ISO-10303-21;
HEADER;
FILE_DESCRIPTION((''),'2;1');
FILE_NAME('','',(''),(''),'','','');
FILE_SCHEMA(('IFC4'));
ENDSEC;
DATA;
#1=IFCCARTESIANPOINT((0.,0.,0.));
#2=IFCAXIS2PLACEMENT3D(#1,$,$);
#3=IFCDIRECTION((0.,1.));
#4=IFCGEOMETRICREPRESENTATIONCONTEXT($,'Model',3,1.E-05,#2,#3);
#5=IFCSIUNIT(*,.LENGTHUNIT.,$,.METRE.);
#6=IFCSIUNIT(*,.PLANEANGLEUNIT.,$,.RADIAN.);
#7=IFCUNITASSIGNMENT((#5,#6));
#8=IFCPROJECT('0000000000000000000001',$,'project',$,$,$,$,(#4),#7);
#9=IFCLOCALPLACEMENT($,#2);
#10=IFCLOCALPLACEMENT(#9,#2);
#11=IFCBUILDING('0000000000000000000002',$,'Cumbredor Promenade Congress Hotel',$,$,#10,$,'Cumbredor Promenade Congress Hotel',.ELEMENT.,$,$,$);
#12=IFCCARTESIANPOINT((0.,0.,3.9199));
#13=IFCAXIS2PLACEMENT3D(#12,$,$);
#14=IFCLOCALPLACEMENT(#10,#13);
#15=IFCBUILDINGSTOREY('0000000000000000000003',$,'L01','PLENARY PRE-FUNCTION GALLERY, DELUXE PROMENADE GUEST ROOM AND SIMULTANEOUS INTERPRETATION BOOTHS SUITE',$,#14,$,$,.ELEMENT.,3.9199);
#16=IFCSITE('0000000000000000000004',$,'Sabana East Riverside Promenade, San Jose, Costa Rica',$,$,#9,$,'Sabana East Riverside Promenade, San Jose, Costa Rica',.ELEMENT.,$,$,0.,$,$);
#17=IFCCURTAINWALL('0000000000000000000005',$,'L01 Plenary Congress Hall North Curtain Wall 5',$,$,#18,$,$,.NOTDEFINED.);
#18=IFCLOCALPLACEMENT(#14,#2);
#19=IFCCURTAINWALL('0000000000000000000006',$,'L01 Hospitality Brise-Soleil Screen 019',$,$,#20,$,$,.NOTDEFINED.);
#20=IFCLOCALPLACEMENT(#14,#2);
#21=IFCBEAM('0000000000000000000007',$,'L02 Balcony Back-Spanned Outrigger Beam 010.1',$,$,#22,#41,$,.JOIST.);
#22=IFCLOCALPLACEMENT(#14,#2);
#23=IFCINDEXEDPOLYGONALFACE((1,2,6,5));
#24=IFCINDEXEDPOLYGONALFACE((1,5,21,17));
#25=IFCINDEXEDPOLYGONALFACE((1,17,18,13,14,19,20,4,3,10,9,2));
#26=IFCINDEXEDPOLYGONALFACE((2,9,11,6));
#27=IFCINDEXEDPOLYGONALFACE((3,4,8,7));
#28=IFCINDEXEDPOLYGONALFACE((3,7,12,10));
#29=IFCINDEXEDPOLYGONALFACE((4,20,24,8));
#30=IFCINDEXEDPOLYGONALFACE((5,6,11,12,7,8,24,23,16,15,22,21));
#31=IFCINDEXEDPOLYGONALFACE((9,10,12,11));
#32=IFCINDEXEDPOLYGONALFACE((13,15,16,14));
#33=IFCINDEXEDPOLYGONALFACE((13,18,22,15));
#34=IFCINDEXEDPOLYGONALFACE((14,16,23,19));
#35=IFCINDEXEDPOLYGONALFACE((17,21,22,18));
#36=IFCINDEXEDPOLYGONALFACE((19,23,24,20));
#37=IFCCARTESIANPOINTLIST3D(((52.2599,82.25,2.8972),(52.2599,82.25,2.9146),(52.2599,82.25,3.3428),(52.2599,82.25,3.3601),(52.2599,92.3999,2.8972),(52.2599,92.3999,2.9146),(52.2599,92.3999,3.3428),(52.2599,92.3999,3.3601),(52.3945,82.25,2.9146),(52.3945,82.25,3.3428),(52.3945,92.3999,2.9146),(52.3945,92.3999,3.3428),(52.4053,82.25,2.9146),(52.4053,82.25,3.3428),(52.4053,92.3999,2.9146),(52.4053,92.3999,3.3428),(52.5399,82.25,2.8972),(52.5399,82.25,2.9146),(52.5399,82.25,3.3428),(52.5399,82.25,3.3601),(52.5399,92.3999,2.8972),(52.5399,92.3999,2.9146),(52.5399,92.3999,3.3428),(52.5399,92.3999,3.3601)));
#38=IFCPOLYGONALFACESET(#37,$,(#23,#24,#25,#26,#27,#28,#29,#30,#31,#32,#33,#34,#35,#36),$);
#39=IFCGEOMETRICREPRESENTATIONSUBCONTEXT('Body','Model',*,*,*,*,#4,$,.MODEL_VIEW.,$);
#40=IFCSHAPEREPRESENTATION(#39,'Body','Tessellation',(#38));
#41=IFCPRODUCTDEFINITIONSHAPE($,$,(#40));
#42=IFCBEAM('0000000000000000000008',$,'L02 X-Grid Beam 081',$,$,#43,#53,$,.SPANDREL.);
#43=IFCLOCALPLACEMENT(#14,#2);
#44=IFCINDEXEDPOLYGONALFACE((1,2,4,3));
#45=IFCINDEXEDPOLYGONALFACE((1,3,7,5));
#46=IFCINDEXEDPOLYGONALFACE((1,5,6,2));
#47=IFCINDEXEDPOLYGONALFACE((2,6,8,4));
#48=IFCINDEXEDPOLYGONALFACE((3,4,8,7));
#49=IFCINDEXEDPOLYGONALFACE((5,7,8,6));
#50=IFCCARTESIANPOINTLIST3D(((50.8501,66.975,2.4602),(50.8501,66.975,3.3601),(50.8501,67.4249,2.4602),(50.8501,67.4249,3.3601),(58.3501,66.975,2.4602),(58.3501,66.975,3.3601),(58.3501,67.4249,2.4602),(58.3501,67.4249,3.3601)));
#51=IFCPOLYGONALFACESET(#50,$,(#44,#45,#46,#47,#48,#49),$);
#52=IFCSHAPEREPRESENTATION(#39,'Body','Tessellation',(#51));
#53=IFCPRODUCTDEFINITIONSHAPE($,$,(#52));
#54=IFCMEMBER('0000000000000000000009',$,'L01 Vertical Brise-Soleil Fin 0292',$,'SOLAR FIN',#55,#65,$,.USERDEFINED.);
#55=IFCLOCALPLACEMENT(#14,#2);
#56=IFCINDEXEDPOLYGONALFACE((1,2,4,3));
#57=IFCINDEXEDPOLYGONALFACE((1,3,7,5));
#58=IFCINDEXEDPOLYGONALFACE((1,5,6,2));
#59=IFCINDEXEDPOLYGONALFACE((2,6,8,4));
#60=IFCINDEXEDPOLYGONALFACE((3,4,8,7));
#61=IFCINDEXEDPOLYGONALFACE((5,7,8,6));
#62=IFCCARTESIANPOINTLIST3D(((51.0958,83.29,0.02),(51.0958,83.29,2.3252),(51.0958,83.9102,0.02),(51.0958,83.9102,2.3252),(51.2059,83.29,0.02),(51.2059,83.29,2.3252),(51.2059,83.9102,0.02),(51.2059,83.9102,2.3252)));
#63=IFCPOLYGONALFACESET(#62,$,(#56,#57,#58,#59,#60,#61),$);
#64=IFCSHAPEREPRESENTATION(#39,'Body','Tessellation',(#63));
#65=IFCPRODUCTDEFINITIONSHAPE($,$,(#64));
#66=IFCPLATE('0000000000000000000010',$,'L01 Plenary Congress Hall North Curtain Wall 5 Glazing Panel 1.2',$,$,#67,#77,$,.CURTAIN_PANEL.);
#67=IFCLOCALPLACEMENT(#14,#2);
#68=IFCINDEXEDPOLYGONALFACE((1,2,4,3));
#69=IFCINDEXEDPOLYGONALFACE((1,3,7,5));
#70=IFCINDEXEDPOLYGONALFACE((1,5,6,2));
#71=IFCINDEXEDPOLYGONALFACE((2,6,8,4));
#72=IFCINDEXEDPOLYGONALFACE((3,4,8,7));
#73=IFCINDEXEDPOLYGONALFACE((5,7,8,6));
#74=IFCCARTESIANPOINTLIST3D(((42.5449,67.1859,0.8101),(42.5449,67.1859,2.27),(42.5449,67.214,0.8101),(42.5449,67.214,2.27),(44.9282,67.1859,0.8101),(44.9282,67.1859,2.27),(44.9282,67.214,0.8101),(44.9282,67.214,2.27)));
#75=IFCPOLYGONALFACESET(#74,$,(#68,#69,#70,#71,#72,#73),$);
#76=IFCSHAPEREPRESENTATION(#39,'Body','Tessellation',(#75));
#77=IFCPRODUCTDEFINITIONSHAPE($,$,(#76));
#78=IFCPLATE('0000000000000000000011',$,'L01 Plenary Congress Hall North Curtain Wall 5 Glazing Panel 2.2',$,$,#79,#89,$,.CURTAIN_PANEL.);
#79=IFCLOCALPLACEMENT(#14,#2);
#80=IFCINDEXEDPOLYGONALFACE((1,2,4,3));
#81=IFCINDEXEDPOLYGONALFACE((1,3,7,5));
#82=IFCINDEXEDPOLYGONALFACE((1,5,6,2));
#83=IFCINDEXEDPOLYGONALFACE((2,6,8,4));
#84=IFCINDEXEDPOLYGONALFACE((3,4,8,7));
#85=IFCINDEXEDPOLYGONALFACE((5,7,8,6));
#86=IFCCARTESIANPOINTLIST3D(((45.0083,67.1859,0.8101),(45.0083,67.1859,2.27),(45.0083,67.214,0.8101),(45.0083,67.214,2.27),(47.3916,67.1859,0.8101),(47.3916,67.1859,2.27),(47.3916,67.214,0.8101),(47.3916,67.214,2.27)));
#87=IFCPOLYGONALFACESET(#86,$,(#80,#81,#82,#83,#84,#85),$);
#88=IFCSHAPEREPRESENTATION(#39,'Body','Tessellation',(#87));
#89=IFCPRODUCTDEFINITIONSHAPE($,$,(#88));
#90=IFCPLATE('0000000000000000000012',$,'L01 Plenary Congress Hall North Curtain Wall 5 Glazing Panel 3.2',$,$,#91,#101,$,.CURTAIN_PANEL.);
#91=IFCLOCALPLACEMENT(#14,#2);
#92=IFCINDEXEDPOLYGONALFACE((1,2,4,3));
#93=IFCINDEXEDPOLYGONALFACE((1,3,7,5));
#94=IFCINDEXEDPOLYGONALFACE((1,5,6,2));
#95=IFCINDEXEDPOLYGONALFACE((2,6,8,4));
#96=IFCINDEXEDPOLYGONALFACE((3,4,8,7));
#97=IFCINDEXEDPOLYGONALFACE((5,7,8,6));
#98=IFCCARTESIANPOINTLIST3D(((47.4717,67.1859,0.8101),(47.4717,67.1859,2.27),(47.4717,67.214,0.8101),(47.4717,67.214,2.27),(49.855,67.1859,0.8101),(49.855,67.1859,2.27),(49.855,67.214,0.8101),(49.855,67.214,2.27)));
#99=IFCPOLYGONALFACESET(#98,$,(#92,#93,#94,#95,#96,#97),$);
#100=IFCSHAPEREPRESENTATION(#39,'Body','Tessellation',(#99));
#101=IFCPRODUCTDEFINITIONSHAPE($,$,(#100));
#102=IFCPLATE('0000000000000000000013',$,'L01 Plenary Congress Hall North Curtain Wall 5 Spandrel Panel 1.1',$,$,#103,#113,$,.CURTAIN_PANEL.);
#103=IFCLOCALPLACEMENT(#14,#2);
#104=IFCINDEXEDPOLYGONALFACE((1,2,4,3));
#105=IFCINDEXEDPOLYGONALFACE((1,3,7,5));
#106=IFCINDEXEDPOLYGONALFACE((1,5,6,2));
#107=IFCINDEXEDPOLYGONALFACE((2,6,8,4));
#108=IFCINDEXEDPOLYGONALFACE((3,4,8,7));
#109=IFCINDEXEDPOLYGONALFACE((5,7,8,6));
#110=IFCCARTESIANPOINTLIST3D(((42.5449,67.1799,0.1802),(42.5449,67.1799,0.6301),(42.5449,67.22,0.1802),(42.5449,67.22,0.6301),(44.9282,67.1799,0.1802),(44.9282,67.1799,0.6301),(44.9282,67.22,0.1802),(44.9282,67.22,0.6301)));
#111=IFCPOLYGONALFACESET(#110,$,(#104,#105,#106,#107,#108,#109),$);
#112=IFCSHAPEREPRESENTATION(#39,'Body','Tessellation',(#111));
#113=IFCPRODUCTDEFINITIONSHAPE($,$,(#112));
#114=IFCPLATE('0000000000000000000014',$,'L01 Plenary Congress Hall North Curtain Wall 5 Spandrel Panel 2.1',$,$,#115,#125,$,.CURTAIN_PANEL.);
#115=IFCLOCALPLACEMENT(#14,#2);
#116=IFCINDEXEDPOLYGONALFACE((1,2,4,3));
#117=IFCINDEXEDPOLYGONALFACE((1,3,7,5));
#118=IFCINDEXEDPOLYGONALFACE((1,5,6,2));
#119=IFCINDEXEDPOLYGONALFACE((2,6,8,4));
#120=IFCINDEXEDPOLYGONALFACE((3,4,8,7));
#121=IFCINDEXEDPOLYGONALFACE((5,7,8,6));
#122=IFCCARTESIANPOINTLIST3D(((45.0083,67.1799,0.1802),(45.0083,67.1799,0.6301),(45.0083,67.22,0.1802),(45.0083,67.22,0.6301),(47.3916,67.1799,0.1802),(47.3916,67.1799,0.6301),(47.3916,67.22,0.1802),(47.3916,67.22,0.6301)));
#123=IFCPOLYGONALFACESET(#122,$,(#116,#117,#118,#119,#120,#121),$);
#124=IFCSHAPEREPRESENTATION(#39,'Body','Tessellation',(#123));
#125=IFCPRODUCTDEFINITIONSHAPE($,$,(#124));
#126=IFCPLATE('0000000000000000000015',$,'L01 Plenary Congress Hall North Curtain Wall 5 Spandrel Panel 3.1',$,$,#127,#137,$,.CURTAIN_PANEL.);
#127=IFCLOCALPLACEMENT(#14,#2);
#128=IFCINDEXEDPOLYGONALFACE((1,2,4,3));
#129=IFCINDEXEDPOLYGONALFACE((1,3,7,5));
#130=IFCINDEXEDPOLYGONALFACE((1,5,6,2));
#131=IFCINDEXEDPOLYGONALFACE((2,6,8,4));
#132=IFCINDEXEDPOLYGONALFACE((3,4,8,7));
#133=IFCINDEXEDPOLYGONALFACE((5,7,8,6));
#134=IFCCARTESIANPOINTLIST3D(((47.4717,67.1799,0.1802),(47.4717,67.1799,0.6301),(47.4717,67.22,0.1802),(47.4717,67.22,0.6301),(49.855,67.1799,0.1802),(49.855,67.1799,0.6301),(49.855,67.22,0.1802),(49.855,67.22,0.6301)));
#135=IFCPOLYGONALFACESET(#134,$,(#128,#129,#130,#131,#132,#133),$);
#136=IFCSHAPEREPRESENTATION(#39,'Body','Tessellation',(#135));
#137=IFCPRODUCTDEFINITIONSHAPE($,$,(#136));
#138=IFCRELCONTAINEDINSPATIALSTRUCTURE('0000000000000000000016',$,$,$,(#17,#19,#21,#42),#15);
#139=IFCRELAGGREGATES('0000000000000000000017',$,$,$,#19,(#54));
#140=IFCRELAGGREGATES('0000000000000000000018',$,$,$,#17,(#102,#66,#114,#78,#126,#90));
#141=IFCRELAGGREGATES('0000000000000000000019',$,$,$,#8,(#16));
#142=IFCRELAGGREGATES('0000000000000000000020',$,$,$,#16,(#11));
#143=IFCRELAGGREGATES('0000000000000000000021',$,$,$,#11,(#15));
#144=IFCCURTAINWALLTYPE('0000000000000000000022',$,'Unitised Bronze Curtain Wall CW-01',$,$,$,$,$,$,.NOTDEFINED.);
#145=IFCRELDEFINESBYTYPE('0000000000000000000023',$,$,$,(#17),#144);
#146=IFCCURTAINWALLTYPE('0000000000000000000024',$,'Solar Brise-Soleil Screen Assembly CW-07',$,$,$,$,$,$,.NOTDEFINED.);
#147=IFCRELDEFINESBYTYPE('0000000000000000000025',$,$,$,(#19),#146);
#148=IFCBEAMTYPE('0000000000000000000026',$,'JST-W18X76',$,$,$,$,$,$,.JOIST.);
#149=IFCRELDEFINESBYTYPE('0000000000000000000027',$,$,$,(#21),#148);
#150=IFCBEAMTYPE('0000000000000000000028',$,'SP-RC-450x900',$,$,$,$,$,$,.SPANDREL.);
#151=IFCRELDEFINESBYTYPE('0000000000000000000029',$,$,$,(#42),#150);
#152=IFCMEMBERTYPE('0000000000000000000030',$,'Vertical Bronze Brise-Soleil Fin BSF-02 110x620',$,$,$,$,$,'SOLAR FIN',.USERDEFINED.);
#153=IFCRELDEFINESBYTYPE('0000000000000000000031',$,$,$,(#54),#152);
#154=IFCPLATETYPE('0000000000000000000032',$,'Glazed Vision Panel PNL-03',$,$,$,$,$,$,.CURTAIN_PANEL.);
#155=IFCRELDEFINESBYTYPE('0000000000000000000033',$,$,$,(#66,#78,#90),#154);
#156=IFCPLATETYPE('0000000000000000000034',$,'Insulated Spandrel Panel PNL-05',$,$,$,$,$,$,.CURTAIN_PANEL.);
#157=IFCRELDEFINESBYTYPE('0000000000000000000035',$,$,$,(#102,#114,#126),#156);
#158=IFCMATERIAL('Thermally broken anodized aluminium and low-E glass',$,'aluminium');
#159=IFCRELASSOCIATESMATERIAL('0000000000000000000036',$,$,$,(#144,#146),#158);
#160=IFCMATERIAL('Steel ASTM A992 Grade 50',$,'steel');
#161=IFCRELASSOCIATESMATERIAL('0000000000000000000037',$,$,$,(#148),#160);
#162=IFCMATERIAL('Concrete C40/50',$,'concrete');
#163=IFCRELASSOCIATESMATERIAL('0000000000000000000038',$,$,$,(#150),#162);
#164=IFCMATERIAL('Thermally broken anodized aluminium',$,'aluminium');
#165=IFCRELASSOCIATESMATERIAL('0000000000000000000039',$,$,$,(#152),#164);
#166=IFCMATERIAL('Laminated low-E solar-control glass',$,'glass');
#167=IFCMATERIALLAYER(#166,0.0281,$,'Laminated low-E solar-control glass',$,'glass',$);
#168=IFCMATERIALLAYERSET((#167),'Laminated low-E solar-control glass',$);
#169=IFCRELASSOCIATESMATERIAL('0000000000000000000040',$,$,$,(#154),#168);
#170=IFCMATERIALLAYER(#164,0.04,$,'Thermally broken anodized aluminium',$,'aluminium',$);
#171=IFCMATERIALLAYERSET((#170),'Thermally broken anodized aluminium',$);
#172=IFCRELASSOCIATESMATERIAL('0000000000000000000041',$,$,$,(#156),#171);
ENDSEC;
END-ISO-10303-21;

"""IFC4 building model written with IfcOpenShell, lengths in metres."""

from ifc_helpers import new_model, si_unit, direction, frame, origin, origin_2d, place, context, subcontext, project, spatial, rectangle, i_section, extrude, material, layer, layer_set, material_profile, profile_set, type_object, element, aggregate, save


model = new_model("IFC4")

# Units and contexts
model_context = context("Model", 3, precision=1e-05, world=origin(), true_north=direction((0.0, 1.0)))
body_context = subcontext(model_context, "Body", "Model", "MODEL_VIEW")
ifc_project = project(units=[si_unit("LENGTHUNIT", "METRE"), si_unit("PLANEANGLEUNIT", "RADIAN")], contexts=[model_context])

# Site, building, storey
site_placement = place(None, origin())
site = spatial("IfcSite", under=ifc_project, at=site_placement, Name="Sabana East Riverside Promenade, San Jose, Costa Rica", LongName="Sabana East Riverside Promenade, San Jose, Costa Rica", CompositionType="ELEMENT", RefElevation=0.0)
building_placement = place(site_placement, origin())
building = spatial("IfcBuilding", under=site, at=building_placement, Name="Cumbredor Promenade Congress Hotel", LongName="Cumbredor Promenade Congress Hotel", CompositionType="ELEMENT")
storey_placement = place(building_placement, frame((0.0, 0.0, 3.9199)))
storey = spatial("IfcBuildingStorey", under=building, at=storey_placement, Name="L01", Description="PLENARY PRE-FUNCTION GALLERY, DELUXE PROMENADE GUEST ROOM AND SIMULTANEOUS INTERPRETATION BOOTHS SUITE", CompositionType="ELEMENT", Elevation=3.9199)

# Curtain wall
ifc_material_1 = material(Name="Thermally broken anodized aluminium and low-E glass", Category="aluminium")
curtain_wall_type_1 = type_object("IfcCurtainWallType", Name="Unitised Bronze Curtain Wall CW-01", PredefinedType="NOTDEFINED", material=ifc_material_1)
curtain_wall_1_placement = place(storey_placement, origin())
curtain_wall_1 = element("IfcCurtainWall", 1, at=curtain_wall_1_placement, inside=storey, type_object=curtain_wall_type_1, Name="L01 Plenary Congress Hall North Curtain Wall 5", PredefinedType="NOTDEFINED")
ifc_material_2 = material(Name="Thermally broken anodized aluminium", Category="aluminium")

# Curtain wall
curtain_wall_type_2 = type_object("IfcCurtainWallType", Name="Solar Brise-Soleil Screen Assembly CW-07", PredefinedType="NOTDEFINED", material=ifc_material_1)
curtain_wall_2_placement = place(storey_placement, origin())
curtain_wall_2 = element("IfcCurtainWall", 2, at=curtain_wall_2_placement, inside=storey, type_object=curtain_wall_type_2, Name="L01 Hospitality Brise-Soleil Screen 019", PredefinedType="NOTDEFINED")

# Beams
ifc_material_3 = material(Name="Steel ASTM A992 Grade 50", Category="steel")
ifc_material_profile_1 = material_profile(ifc_material_3, i_section(OverallWidth=0.28, OverallDepth=0.4629, WebThickness=0.0107, FlangeThickness=0.0173, at=origin_2d()), Name="W18X76")
ifc_profile_set_1 = profile_set([ifc_material_profile_1], Name="Steel ASTM A992 Grade 50")
beam_type_1 = type_object("IfcBeamType", Name="JST-W18X76", PredefinedType="JOIST", material=ifc_profile_set_1)
beam_1_placement = place(storey_placement, frame((52.3999, 82.25, 3.1287), z_axis=(0.0, 1.0, 0.0), x_axis=(-1.0, 0.0, 0.0)))
element("IfcBeam", 3, at=beam_1_placement, inside=storey, type_object=beam_type_1, Name="L02 Balcony Back-Spanned Outrigger Beam 010.1", PredefinedType="JOIST", context=body_context, shape_type="SweptSolid", body=[
    extrude(i_section(OverallWidth=0.28, OverallDepth=0.4629, WebThickness=0.0107, FlangeThickness=0.0173, at=origin_2d()), origin(), (0.0, 0.0, 1.0), 10.1499),
])
ifc_material_4 = material(Name="Concrete C40/50", Category="concrete")
ifc_material_profile_2 = material_profile(ifc_material_4, rectangle(XDim=0.45, YDim=0.8999, at=origin_2d()), Name="RC SPANDREL 450x900")
ifc_profile_set_2 = profile_set([ifc_material_profile_2], Name="Concrete C40/50")
beam_type_2 = type_object("IfcBeamType", Name="SP-RC-450x900", PredefinedType="SPANDREL", material=ifc_profile_set_2)
beam_2_placement = place(storey_placement, frame((50.8501, 67.2, 2.9102), z_axis=(1.0, 0.0, 0.0), x_axis=(0.0, 1.0, 0.0)))
element("IfcBeam", 4, at=beam_2_placement, inside=storey, type_object=beam_type_2, Name="L02 X-Grid Beam 081", PredefinedType="SPANDREL", context=body_context, shape_type="SweptSolid", body=[
    extrude(rectangle(XDim=0.45, YDim=0.8999, at=origin_2d()), origin(), (0.0, 0.0, 1.0), 7.5),
])

# Member
ifc_material_profile_3 = material_profile(ifc_material_2, rectangle(XDim=0.1101, YDim=0.6201, at=origin_2d()), Name="ARCH FIN 110x620")
ifc_profile_set_3 = profile_set([ifc_material_profile_3], Name="Thermally broken anodized aluminium")
member_type_1 = type_object("IfcMemberType", Name="Vertical Bronze Brise-Soleil Fin BSF-02 110x620", ElementType="SOLAR FIN", PredefinedType="USERDEFINED", material=ifc_profile_set_3)
member_1_placement = place(storey_placement, frame((51.1509, 83.6001, 0.02), z_axis=(0.0, 0.0, 1.0), x_axis=(1.0, 0.0, 0.0)))
member_1 = element("IfcMember", 5, at=member_1_placement, type_object=member_type_1, Name="L01 Vertical Brise-Soleil Fin 0292", ObjectType="SOLAR FIN", PredefinedType="USERDEFINED", context=body_context, shape_type="SweptSolid", body=[
    extrude(rectangle(XDim=0.1101, YDim=0.6201, at=origin_2d()), origin(), (0.0, 0.0, 1.0), 2.3052),
])
aggregate(curtain_wall_2, [member_1])

# Plates
ifc_material_5 = material(Name="Laminated low-E solar-control glass", Category="glass")
ifc_layer_1 = layer(ifc_material_5, 0.0281, Name="Laminated low-E solar-control glass", Category="glass")
ifc_layer_set_1 = layer_set([ifc_layer_1], Name="Laminated low-E solar-control glass")
plate_type_1 = type_object("IfcPlateType", Name="Glazed Vision Panel PNL-03", PredefinedType="CURTAIN_PANEL", material=ifc_layer_set_1)
plate_1_placement = place(storey_placement, frame((43.7366, 67.2, 0.8101), z_axis=(0.0, 0.0, 1.0), x_axis=(1.0, 0.0, 0.0)))
plate_1 = element("IfcPlate", 6, at=plate_1_placement, type_object=plate_type_1, Name="L01 Plenary Congress Hall North Curtain Wall 5 Glazing Panel 1.2", PredefinedType="CURTAIN_PANEL", context=body_context, shape_type="SweptSolid", body=[
    extrude(rectangle(XDim=2.3833, YDim=0.0281, at=origin_2d()), origin(), (0.0, 0.0, 1.0), 1.46),
])
plate_2_placement = place(storey_placement, frame((46.2, 67.2, 0.8101), z_axis=(0.0, 0.0, 1.0), x_axis=(1.0, 0.0, 0.0)))
plate_2 = element("IfcPlate", 7, at=plate_2_placement, type_object=plate_type_1, Name="L01 Plenary Congress Hall North Curtain Wall 5 Glazing Panel 2.2", PredefinedType="CURTAIN_PANEL", context=body_context, shape_type="SweptSolid", body=[
    extrude(rectangle(XDim=2.3833, YDim=0.0281, at=origin_2d()), origin(), (0.0, 0.0, 1.0), 1.46),
])
plate_3_placement = place(storey_placement, frame((48.6633, 67.2, 0.8101), z_axis=(0.0, 0.0, 1.0), x_axis=(1.0, 0.0, 0.0)))
plate_3 = element("IfcPlate", 8, at=plate_3_placement, type_object=plate_type_1, Name="L01 Plenary Congress Hall North Curtain Wall 5 Glazing Panel 3.2", PredefinedType="CURTAIN_PANEL", context=body_context, shape_type="SweptSolid", body=[
    extrude(rectangle(XDim=2.3833, YDim=0.0281, at=origin_2d()), origin(), (0.0, 0.0, 1.0), 1.46),
])
ifc_layer_2 = layer(ifc_material_2, 0.04, Name="Thermally broken anodized aluminium", Category="aluminium")
ifc_layer_set_2 = layer_set([ifc_layer_2], Name="Thermally broken anodized aluminium")
plate_type_2 = type_object("IfcPlateType", Name="Insulated Spandrel Panel PNL-05", PredefinedType="CURTAIN_PANEL", material=ifc_layer_set_2)
plate_4_placement = place(storey_placement, frame((43.7366, 67.2, 0.1802), z_axis=(0.0, 0.0, 1.0), x_axis=(1.0, 0.0, 0.0)))
plate_4 = element("IfcPlate", 9, at=plate_4_placement, type_object=plate_type_2, Name="L01 Plenary Congress Hall North Curtain Wall 5 Spandrel Panel 1.1", PredefinedType="CURTAIN_PANEL", context=body_context, shape_type="SweptSolid", body=[
    extrude(rectangle(XDim=2.3833, YDim=0.04, at=origin_2d()), origin(), (0.0, 0.0, 1.0), 0.45),
])
plate_5_placement = place(storey_placement, frame((46.2, 67.2, 0.1802), z_axis=(0.0, 0.0, 1.0), x_axis=(1.0, 0.0, 0.0)))
plate_5 = element("IfcPlate", 10, at=plate_5_placement, type_object=plate_type_2, Name="L01 Plenary Congress Hall North Curtain Wall 5 Spandrel Panel 2.1", PredefinedType="CURTAIN_PANEL", context=body_context, shape_type="SweptSolid", body=[
    extrude(rectangle(XDim=2.3833, YDim=0.04, at=origin_2d()), origin(), (0.0, 0.0, 1.0), 0.45),
])
plate_6_placement = place(storey_placement, frame((48.6633, 67.2, 0.1802), z_axis=(0.0, 0.0, 1.0), x_axis=(1.0, 0.0, 0.0)))
plate_6 = element("IfcPlate", 11, at=plate_6_placement, type_object=plate_type_2, Name="L01 Plenary Congress Hall North Curtain Wall 5 Spandrel Panel 3.1", PredefinedType="CURTAIN_PANEL", context=body_context, shape_type="SweptSolid", body=[
    extrude(rectangle(XDim=2.3833, YDim=0.04, at=origin_2d()), origin(), (0.0, 0.0, 1.0), 0.45),
])
aggregate(curtain_wall_1, [plate_4, plate_1, plate_5, plate_2, plate_6, plate_3])

save(model, "model.ifc")
